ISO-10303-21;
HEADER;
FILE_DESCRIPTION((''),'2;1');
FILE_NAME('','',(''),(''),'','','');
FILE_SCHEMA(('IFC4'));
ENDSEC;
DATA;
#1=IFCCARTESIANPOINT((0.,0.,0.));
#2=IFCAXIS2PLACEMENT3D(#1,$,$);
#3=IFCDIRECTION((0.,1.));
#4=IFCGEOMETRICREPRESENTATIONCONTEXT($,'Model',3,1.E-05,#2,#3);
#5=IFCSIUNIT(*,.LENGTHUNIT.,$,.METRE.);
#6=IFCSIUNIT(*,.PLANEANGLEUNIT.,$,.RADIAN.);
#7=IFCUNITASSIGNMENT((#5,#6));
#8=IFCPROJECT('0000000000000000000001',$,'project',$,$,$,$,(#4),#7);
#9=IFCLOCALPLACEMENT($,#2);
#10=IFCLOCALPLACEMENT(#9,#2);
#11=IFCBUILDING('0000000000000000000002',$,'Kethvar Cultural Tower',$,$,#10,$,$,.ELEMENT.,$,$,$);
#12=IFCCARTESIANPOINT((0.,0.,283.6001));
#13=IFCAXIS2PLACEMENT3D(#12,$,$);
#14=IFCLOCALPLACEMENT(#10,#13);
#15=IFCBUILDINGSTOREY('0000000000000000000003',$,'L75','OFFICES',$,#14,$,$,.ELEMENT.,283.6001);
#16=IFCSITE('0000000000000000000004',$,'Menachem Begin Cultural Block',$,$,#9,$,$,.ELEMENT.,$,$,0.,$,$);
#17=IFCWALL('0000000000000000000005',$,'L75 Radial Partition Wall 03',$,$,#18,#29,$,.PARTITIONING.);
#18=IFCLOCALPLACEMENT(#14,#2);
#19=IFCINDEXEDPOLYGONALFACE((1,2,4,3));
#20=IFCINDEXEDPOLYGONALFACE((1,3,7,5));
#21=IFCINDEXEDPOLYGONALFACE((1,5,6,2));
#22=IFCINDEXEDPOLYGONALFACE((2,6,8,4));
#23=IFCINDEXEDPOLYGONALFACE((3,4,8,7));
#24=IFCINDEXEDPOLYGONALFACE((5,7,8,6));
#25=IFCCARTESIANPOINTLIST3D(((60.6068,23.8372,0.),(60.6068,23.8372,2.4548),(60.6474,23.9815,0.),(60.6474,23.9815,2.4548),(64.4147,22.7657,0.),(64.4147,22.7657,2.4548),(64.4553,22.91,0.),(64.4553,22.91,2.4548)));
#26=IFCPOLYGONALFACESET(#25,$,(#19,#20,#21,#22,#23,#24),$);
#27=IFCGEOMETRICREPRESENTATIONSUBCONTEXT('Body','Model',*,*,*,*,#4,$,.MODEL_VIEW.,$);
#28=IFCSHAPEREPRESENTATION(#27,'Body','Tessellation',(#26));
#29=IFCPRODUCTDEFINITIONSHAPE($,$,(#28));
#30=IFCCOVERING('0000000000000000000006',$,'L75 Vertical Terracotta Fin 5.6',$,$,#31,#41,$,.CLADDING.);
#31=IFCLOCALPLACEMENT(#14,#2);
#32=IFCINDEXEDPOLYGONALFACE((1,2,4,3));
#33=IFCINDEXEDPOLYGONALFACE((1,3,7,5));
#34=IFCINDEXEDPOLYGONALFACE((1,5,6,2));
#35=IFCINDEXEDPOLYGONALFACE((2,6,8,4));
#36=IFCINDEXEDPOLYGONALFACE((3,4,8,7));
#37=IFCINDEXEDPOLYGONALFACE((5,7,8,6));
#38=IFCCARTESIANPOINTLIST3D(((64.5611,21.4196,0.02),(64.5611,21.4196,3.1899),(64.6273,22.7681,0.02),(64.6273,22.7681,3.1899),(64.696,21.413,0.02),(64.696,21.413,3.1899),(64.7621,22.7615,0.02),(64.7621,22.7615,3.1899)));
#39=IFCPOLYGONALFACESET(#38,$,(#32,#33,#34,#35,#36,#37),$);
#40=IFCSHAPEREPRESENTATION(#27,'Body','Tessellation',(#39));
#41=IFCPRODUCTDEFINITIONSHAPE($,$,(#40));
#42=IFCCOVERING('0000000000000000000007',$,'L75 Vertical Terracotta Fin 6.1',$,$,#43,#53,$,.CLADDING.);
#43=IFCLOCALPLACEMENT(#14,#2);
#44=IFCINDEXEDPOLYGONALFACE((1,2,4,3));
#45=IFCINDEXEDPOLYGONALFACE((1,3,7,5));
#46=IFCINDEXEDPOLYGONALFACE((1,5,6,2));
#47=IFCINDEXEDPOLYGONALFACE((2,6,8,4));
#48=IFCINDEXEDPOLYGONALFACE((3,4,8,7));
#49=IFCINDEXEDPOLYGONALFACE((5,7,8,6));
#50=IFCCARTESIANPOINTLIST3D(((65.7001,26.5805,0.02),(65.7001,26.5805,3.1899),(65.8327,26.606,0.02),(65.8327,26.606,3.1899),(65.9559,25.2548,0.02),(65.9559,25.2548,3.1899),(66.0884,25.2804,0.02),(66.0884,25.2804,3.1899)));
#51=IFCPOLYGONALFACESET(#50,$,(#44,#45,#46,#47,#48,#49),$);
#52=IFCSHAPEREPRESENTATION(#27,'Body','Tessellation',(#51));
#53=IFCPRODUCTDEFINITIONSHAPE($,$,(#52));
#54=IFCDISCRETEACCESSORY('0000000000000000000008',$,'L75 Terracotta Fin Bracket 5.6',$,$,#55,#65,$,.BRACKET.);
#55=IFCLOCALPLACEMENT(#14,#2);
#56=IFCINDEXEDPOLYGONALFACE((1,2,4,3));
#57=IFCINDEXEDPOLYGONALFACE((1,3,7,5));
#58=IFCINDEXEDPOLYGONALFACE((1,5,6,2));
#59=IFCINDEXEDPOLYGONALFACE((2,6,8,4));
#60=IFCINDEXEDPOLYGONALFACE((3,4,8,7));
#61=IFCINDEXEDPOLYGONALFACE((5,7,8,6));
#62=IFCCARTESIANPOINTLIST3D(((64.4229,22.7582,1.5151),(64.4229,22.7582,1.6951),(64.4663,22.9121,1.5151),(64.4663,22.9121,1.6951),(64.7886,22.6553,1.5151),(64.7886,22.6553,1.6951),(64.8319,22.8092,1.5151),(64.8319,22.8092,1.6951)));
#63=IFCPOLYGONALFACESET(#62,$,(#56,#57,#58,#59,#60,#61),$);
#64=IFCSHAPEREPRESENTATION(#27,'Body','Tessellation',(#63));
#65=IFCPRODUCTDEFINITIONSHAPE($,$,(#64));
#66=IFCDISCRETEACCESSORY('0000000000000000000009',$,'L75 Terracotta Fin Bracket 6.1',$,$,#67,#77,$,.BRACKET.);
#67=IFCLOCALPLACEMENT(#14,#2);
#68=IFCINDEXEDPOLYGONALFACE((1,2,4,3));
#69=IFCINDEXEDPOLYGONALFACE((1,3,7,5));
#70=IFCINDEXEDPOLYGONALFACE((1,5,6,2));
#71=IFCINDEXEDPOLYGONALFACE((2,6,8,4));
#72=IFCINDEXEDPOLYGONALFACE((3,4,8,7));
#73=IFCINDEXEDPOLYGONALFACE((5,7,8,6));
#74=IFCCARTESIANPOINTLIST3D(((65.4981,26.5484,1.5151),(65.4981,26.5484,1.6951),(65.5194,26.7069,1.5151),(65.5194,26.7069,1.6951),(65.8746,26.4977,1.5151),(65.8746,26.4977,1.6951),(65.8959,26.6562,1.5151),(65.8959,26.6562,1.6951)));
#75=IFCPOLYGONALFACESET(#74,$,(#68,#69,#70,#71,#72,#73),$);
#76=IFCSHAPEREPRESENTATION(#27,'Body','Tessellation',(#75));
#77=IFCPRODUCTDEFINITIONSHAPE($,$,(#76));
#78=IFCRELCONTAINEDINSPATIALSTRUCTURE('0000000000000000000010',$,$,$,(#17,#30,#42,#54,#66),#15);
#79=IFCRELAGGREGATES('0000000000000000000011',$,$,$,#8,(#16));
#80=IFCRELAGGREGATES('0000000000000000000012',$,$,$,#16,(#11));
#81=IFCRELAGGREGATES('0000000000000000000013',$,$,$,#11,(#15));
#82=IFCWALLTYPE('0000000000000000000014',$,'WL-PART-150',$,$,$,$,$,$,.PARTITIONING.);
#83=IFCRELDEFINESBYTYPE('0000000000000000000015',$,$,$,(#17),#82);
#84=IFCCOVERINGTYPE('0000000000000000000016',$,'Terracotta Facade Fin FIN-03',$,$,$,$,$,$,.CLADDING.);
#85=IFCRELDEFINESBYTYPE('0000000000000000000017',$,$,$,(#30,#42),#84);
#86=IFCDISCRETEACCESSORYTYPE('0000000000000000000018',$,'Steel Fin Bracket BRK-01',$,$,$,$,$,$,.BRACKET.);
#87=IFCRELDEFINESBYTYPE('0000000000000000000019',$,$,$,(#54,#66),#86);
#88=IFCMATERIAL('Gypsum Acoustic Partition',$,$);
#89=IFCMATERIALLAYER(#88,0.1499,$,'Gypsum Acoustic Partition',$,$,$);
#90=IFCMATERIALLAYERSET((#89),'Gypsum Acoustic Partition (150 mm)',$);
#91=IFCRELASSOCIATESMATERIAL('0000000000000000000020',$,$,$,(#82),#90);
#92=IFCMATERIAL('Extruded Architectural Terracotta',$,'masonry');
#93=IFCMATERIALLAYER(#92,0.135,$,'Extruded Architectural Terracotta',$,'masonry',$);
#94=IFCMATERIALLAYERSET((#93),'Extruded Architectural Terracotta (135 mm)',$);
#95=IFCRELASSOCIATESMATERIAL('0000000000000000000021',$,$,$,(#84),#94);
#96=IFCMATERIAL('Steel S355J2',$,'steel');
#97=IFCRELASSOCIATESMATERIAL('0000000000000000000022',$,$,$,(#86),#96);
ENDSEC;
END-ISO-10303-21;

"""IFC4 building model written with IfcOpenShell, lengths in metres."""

from ifc_helpers import new_model, si_unit, direction, frame, frame_2d, origin, origin_2d, place, context, subcontext, project, spatial, rectangle, extrude, source, transform, mapped, material, layer, layer_set, type_object, element, save


model = new_model("IFC4")

# Units and contexts
model_context = context("Model", 3, precision=1e-05, world=origin(), true_north=direction((0.0, 1.0)))
body_context = subcontext(model_context, "Body", "Model", "MODEL_VIEW")
ifc_project = project(units=[si_unit("LENGTHUNIT", "METRE"), si_unit("PLANEANGLEUNIT", "RADIAN")], contexts=[model_context])

# Site, building, storey
site_placement = place(None, origin())
site = spatial("IfcSite", under=ifc_project, at=site_placement, Name="Menachem Begin Cultural Block", CompositionType="ELEMENT", RefElevation=0.0)
building_placement = place(site_placement, origin())
building = spatial("IfcBuilding", under=site, at=building_placement, Name="Kethvar Cultural Tower", CompositionType="ELEMENT")
storey_placement = place(building_placement, frame((0.0, 0.0, 283.6001)))
storey = spatial("IfcBuildingStorey", under=building, at=storey_placement, Name="L75", Description="OFFICES", CompositionType="ELEMENT", Elevation=283.6001)

# Shared definitions
ifc_material_1 = material(Name="Steel S355J2", Category="steel")

# Wall
ifc_material_2 = material(Name="Gypsum Acoustic Partition")
ifc_layer_1 = layer(ifc_material_2, 0.1499, Name="Gypsum Acoustic Partition")
ifc_layer_set_1 = layer_set([ifc_layer_1], Name="Gypsum Acoustic Partition (150 mm)")
wall_type_1 = type_object("IfcWallType", Name="WL-PART-150", PredefinedType="PARTITIONING", material=ifc_layer_set_1)
wall_1_placement = place(storey_placement, frame((60.627, 23.9094, 0.0), z_axis=(0.0, 0.0, 1.0), x_axis=(0.962613, -0.27088, 0.0)))
element("IfcWall", 1, at=wall_1_placement, inside=storey, type_object=wall_type_1, Name="L75 Radial Partition Wall 03", PredefinedType="PARTITIONING", context=body_context, shape_type="SweptSolid", body=[
    extrude(rectangle(XDim=3.9558, YDim=0.1499, at=frame_2d((1.978, 0.0))), origin(), (0.0, 0.0, 1.0), 2.4548),
])

# Coverings
ifc_material_3 = material(Name="Extruded Architectural Terracotta", Category="masonry")
ifc_layer_2 = layer(ifc_material_3, 0.135, Name="Extruded Architectural Terracotta", Category="masonry")
ifc_layer_set_2 = layer_set([ifc_layer_2], Name="Extruded Architectural Terracotta (135 mm)")
covering_type = type_object("IfcCoveringType", Name="Terracotta Facade Fin FIN-03", PredefinedType="CLADDING", material=ifc_layer_set_2)
shared_shape_1 = source(origin(), body_context, "Body", "SweptSolid", [
    extrude(rectangle(XDim=1.3501, YDim=0.135, at=origin_2d()), origin(), (0.0, 0.0, 1.0), 3.1699),
])
for number, where, z_axis, x_axis, name in (
    (2, (64.6616, 22.0906, 0.02), (0.0, 0.0, 1.0), (-0.049024, -0.998798, 0.0), "L75 Vertical Terracotta Fin 5.6"),
    (3, (65.8943, 25.9304, 0.02), (0.0, 0.0, 1.0), (0.189438, -0.981893, 0.0), "L75 Vertical Terracotta Fin 6.1"),
):
    element("IfcCovering", number, at=place(storey_placement, frame(where, z_axis=z_axis, x_axis=x_axis)), inside=storey, type_object=covering_type, Name=name, PredefinedType="CLADDING", context=body_context, shape_type="MappedRepresentation", body=[
        mapped(shared_shape_1, transform((0.0, 0.0, 0.0), scale=1.0)),
    ])

# Discrete accessories
discrete_accessory_type = type_object("IfcDiscreteAccessoryType", Name="Steel Fin Bracket BRK-01", PredefinedType="BRACKET", material=ifc_material_1)
shared_shape_2 = source(origin(), body_context, "Body", "SweptSolid", [
    extrude(rectangle(XDim=0.3799, YDim=0.1599, at=origin_2d()), origin(), (0.0, 0.0, 1.0), 0.1799),
])
for number, where, z_axis, x_axis, name in (
    (4, (64.6274, 22.7837, 1.5151), (0.0, 0.0, 1.0), (0.962597, -0.270936, 0.0), "L75 Terracotta Fin Bracket 5.6"),
    (5, (65.697, 26.6023, 1.5151), (0.0, 0.0, 1.0), (0.991076, -0.133294, 0.0), "L75 Terracotta Fin Bracket 6.1"),
):
    element("IfcDiscreteAccessory", number, at=place(storey_placement, frame(where, z_axis=z_axis, x_axis=x_axis)), inside=storey, type_object=discrete_accessory_type, Name=name, PredefinedType="BRACKET", context=body_context, shape_type="MappedRepresentation", body=[
        mapped(shared_shape_2, transform((0.0, 0.0, 0.0), scale=1.0)),
    ])

save(model, "model.ifc")
